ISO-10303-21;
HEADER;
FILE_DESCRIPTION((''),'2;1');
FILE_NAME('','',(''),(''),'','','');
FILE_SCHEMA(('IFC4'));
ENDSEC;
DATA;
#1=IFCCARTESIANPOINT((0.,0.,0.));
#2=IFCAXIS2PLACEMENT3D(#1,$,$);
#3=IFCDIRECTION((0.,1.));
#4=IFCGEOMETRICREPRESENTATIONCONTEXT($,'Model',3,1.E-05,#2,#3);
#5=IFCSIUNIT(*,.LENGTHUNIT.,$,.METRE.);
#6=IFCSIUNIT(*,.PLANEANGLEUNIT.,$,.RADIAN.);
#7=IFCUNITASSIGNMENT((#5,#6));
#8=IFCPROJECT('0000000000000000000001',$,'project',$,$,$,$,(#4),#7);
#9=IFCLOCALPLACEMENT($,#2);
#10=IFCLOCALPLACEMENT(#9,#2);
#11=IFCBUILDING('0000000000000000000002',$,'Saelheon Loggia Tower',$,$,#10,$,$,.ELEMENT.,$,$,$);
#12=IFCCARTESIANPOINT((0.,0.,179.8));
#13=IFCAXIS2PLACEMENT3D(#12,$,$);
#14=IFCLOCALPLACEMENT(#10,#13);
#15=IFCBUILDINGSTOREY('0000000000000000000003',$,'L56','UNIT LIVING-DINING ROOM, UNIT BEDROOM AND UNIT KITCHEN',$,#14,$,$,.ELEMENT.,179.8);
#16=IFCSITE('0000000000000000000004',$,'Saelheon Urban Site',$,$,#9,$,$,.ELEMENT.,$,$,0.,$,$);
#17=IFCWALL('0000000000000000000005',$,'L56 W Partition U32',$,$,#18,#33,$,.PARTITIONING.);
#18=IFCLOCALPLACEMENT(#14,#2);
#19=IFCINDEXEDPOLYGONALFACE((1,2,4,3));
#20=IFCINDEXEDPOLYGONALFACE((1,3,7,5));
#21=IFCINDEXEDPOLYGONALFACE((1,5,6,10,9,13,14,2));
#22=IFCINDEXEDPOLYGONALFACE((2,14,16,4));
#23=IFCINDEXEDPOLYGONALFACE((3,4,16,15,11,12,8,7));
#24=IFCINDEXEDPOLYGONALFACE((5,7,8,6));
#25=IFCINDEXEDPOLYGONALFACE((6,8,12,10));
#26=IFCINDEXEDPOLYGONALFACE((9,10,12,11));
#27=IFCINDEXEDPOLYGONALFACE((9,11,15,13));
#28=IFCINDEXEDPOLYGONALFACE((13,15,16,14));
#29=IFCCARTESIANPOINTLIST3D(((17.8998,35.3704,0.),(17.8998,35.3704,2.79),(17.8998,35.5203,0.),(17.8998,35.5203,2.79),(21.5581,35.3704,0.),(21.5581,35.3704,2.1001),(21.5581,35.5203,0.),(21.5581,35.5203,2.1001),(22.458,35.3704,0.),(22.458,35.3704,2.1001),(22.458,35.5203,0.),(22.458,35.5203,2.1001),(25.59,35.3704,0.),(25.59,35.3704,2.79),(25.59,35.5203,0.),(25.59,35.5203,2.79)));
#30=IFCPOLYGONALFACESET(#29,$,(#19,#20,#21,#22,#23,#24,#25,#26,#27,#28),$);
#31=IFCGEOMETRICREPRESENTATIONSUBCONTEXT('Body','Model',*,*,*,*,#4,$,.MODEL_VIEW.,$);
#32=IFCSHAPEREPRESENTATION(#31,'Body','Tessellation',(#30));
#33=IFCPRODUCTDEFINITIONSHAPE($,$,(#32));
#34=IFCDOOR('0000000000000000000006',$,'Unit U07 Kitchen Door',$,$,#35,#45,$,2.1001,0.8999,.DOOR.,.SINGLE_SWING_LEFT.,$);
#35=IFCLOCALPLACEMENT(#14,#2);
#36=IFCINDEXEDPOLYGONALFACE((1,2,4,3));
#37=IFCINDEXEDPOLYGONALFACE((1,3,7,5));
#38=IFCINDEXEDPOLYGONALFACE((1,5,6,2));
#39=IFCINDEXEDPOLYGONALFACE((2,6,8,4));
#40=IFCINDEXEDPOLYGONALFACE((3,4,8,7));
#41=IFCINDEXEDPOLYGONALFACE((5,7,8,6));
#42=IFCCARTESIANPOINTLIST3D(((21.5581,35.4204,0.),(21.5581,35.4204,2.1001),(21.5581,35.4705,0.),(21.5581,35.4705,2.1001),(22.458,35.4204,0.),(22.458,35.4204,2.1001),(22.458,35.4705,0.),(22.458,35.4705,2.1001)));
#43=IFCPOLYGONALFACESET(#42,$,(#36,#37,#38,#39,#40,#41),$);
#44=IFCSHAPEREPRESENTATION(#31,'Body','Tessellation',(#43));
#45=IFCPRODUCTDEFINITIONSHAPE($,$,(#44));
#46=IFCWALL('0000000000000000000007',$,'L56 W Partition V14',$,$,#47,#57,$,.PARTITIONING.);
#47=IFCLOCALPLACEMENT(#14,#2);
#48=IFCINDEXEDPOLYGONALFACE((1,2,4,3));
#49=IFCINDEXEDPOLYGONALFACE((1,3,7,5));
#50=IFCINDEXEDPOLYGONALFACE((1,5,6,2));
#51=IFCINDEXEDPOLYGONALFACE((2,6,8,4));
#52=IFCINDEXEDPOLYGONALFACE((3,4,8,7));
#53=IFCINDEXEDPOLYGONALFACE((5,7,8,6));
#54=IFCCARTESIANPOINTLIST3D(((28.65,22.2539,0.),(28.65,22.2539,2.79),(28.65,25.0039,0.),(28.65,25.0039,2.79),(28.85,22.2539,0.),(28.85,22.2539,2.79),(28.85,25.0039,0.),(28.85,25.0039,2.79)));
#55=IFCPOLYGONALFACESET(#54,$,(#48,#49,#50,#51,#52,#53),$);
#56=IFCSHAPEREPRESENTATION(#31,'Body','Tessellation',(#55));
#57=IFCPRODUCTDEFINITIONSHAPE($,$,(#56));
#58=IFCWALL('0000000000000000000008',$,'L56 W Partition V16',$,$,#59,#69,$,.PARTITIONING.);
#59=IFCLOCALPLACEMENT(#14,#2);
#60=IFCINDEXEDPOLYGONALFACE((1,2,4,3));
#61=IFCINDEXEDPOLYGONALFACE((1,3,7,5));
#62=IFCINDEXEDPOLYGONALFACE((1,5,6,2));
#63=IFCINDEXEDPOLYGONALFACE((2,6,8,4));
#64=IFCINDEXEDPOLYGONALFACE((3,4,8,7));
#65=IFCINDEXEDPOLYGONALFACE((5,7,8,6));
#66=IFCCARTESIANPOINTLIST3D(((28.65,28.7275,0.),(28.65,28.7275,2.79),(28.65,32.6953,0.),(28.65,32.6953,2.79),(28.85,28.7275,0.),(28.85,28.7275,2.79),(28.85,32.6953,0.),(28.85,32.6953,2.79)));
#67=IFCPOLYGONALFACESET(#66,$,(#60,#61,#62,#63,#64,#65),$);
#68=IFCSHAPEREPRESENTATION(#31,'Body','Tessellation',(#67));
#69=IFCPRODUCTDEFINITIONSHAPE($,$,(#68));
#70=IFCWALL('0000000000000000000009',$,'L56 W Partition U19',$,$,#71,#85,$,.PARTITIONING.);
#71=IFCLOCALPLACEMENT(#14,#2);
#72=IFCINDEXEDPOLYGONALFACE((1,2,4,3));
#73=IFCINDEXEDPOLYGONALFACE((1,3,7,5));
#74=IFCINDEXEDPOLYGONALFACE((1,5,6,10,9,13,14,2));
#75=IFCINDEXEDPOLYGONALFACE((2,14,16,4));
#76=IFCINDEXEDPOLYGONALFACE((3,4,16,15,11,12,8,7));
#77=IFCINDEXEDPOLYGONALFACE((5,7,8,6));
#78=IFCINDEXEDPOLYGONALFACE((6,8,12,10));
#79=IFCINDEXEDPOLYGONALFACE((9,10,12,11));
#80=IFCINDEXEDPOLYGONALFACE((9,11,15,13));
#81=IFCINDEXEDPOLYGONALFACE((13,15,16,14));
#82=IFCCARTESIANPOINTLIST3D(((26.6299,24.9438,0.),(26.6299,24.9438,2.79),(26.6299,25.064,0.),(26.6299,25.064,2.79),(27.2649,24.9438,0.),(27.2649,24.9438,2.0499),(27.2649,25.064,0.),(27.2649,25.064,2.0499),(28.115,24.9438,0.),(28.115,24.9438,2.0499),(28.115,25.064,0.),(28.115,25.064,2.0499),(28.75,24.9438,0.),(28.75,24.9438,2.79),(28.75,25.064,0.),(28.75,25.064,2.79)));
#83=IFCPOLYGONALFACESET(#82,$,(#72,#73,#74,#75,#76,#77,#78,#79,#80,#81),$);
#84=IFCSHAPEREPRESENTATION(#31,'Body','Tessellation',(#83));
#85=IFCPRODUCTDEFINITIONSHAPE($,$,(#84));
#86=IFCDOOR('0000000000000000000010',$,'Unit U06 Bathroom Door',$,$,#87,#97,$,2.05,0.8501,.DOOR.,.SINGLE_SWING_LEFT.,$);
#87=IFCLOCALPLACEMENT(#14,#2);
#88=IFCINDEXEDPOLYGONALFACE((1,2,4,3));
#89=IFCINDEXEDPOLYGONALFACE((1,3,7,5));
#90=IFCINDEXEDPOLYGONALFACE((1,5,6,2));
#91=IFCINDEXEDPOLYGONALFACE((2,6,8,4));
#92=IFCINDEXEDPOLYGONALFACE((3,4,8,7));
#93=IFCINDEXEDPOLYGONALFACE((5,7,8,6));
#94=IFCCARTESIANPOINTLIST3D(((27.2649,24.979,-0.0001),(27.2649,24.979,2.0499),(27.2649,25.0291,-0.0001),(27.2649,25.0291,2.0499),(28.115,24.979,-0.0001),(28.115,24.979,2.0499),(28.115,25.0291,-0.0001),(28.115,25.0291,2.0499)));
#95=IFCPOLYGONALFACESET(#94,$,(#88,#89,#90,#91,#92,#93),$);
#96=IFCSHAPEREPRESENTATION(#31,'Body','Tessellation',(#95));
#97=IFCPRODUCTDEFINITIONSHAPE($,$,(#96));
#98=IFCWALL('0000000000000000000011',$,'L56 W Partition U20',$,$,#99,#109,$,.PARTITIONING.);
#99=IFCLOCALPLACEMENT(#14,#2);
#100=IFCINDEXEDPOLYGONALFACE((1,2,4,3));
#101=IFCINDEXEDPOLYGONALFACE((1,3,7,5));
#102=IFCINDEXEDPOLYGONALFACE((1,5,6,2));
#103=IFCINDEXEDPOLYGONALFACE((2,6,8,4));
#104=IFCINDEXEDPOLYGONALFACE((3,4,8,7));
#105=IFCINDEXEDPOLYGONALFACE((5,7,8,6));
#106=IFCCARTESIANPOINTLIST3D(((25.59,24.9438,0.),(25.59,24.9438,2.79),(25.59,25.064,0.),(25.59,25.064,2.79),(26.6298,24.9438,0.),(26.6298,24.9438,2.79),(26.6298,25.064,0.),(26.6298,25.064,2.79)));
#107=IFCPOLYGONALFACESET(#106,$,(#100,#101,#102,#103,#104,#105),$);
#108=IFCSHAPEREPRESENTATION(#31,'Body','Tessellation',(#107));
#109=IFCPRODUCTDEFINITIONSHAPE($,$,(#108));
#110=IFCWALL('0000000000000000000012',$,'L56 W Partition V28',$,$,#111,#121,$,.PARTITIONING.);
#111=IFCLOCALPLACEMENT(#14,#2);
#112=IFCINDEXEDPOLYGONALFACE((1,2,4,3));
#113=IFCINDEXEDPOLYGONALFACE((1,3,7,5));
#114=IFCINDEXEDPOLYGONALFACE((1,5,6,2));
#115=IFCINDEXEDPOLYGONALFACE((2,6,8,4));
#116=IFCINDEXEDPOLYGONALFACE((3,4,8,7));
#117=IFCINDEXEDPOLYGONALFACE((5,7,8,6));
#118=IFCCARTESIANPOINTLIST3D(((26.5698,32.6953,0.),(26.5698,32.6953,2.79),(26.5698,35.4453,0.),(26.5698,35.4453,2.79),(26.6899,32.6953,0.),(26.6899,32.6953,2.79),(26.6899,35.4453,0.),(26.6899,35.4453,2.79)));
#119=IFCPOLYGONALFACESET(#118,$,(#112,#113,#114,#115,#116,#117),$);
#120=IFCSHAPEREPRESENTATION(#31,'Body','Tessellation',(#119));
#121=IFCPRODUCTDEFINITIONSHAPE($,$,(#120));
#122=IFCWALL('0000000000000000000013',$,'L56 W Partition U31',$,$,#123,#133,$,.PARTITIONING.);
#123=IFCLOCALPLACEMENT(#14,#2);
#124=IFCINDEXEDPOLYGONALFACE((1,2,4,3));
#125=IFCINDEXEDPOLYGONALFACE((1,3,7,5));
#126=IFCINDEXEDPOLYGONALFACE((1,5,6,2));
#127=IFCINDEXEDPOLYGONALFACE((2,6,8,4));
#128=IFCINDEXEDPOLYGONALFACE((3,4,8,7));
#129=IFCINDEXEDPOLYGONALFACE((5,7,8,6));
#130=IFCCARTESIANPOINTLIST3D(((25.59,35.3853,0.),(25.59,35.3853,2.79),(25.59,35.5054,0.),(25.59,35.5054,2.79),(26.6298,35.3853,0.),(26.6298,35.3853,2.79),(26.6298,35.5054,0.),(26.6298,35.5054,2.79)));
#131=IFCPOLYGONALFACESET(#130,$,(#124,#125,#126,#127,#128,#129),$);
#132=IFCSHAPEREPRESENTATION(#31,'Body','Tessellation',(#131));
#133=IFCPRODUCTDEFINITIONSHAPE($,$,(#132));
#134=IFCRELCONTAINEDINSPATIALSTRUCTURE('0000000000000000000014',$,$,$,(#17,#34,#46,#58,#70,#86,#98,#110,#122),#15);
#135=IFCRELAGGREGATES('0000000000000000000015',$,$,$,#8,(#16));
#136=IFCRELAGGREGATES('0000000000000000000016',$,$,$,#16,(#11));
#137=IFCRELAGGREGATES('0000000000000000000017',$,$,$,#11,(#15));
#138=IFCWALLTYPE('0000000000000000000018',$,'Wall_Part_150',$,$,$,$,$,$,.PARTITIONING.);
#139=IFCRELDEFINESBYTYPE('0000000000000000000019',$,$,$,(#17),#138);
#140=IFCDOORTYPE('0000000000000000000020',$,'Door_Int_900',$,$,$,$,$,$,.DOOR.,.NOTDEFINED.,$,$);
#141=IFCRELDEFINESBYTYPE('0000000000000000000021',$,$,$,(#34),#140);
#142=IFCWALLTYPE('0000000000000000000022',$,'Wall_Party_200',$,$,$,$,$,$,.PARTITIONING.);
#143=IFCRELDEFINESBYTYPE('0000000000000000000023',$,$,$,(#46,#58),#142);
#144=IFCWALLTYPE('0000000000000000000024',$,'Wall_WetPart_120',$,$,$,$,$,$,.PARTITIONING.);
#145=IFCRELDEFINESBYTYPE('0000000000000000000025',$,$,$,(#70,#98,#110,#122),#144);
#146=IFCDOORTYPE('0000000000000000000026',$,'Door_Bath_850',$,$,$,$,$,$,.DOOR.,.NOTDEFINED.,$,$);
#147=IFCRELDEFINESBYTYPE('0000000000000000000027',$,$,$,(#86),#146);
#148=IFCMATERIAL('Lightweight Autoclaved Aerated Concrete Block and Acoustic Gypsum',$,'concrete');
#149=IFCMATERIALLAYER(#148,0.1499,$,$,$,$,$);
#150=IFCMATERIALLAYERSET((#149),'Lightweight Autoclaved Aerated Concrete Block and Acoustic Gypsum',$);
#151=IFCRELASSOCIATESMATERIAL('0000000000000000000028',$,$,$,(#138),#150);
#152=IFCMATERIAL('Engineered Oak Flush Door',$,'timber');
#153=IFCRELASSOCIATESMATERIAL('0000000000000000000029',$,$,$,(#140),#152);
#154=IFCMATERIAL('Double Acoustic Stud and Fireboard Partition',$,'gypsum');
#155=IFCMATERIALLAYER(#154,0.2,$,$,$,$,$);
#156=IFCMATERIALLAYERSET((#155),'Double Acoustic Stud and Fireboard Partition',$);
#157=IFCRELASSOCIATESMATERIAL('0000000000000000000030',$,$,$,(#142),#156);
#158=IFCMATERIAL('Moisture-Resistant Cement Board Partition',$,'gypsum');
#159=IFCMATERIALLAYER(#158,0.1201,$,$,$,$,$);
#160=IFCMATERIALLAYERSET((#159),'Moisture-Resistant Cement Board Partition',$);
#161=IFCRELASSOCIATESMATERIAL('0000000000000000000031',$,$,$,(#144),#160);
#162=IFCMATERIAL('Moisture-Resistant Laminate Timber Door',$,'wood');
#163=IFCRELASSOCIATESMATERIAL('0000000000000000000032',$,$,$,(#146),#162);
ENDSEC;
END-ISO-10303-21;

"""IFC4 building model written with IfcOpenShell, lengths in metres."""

from ifc_helpers import new_model, si_unit, direction, frame, frame_2d, origin, place, context, subcontext, project, spatial, rectangle, extrude, source, transform, mapped, material, layer, layer_set, type_object, element, fill, save


model = new_model("IFC4")

# Units and contexts
model_context = context("Model", 3, precision=1e-05, world=origin(), true_north=direction((0.0, 1.0)))
body_context = subcontext(model_context, "Body", "Model", "MODEL_VIEW")
ifc_project = project(units=[si_unit("LENGTHUNIT", "METRE"), si_unit("PLANEANGLEUNIT", "RADIAN")], contexts=[model_context])

# Site, building, storey
site_placement = place(None, origin())
site = spatial("IfcSite", under=ifc_project, at=site_placement, Name="Saelheon Urban Site", CompositionType="ELEMENT", RefElevation=0.0)
building_placement = place(site_placement, origin())
building = spatial("IfcBuilding", under=site, at=building_placement, Name="Saelheon Loggia Tower", CompositionType="ELEMENT")
storey_placement = place(building_placement, frame((0.0, 0.0, 179.8)))
storey = spatial("IfcBuildingStorey", under=building, at=storey_placement, Name="L56", Description="UNIT LIVING-DINING ROOM, UNIT BEDROOM AND UNIT KITCHEN", CompositionType="ELEMENT", Elevation=179.8)

# Shared definitions
ifc_material_1 = material(Name="Lightweight Autoclaved Aerated Concrete Block and Acoustic Gypsum", Category="concrete")
ifc_layer_1 = layer(ifc_material_1, 0.1499)
ifc_layer_set_1 = layer_set([ifc_layer_1], Name="Lightweight Autoclaved Aerated Concrete Block and Acoustic Gypsum")
wall_type_1 = type_object("IfcWallType", Name="Wall_Part_150", PredefinedType="PARTITIONING", material=ifc_layer_set_1)

# Wall, opening, door
ifc_material_2 = material(Name="Engineered Oak Flush Door", Category="timber")
door_type_1 = type_object("IfcDoorType", Name="Door_Int_900", OperationType="NOTDEFINED", PredefinedType="DOOR", material=ifc_material_2)
shared_shape_1 = source(origin(), body_context, "Body", "SweptSolid", [
    extrude(rectangle(XDim=0.8999, YDim=2.1001, at=frame_2d((0.45, 1.05))), frame((0.0, 0.0249, 0.0), z_axis=(0.0, -1.0, 0.0), x_axis=(1.0, 0.0, 0.0)), (0.0, 0.0, 1.0), 0.05),
])
wall_1_placement = place(storey_placement, frame((25.5901, 35.4453, 0.0), z_axis=(0.0, 0.0, 1.0), x_axis=(-1.0, 0.0, 0.0)))
wall_1 = element("IfcWall", 1, at=wall_1_placement, inside=storey, type_object=wall_type_1, Name="L56 W Partition U32", PredefinedType="PARTITIONING", context=body_context, shape_type="SweptSolid", body=[
    extrude(rectangle(XDim=7.6902, YDim=0.1499, at=frame_2d((3.8452, 0.0))), origin(), (0.0, 0.0, 1.0), 2.79),
])
opening_1_placement = place(wall_1_placement, frame((3.1321, 0.0, 0.0)))
opening_1 = element("IfcOpeningElement", 2, at=opening_1_placement, cuts=wall_1, PredefinedType="OPENING", context=body_context, shape_type="SweptSolid", body=[
    extrude(rectangle(XDim=0.8999, YDim=2.1001, at=frame_2d((0.45, 1.05))), frame((0.0, 0.0869, 0.0), z_axis=(0.0, -1.0, 0.0), x_axis=(1.0, 0.0, 0.0)), (0.0, 0.0, 1.0), 0.1738),
])
door_1_placement = place(opening_1_placement, origin())
door_1 = element("IfcDoor", 3, at=door_1_placement, inside=storey, type_object=door_type_1, Name="Unit U07 Kitchen Door", OperationType="SINGLE_SWING_LEFT", OverallHeight=2.1001, OverallWidth=0.8999, PredefinedType="DOOR", context=body_context, shape_type="MappedRepresentation", body=[
    mapped(shared_shape_1, transform((0.0, 0.0, 0.0), scale=1.0)),
])
fill(opening_1, door_1)

# Wall
ifc_material_3 = material(Name="Double Acoustic Stud and Fireboard Partition", Category="gypsum")
ifc_layer_2 = layer(ifc_material_3, 0.2)
ifc_layer_set_2 = layer_set([ifc_layer_2], Name="Double Acoustic Stud and Fireboard Partition")
wall_type_2 = type_object("IfcWallType", Name="Wall_Party_200", PredefinedType="PARTITIONING", material=ifc_layer_set_2)
wall_2_placement = place(storey_placement, frame((28.75, 22.2539, 0.0), z_axis=(0.0, 0.0, 1.0), x_axis=(0.0, 1.0, 0.0)))
element("IfcWall", 4, at=wall_2_placement, inside=storey, type_object=wall_type_2, Name="L56 W Partition V14", PredefinedType="PARTITIONING", context=body_context, shape_type="SweptSolid", body=[
    extrude(rectangle(XDim=2.75, YDim=0.2, at=frame_2d((1.375, 0.0))), origin(), (0.0, 0.0, 1.0), 2.79),
])

# Wall
wall_3_placement = place(storey_placement, frame((28.75, 28.7275, 0.0), z_axis=(0.0, 0.0, 1.0), x_axis=(0.0, 1.0, 0.0)))
element("IfcWall", 5, at=wall_3_placement, inside=storey, type_object=wall_type_2, Name="L56 W Partition V16", PredefinedType="PARTITIONING", context=body_context, shape_type="SweptSolid", body=[
    extrude(rectangle(XDim=3.9678, YDim=0.2, at=frame_2d((1.9839, 0.0))), origin(), (0.0, 0.0, 1.0), 2.79),
])

# Wall, opening, door
ifc_material_4 = material(Name="Moisture-Resistant Cement Board Partition", Category="gypsum")
ifc_layer_3 = layer(ifc_material_4, 0.1201)
ifc_layer_set_3 = layer_set([ifc_layer_3], Name="Moisture-Resistant Cement Board Partition")
wall_type_3 = type_object("IfcWallType", Name="Wall_WetPart_120", PredefinedType="PARTITIONING", material=ifc_layer_set_3)
wall_4_placement = place(storey_placement, frame((28.75, 25.0039, 0.0), z_axis=(0.0, 0.0, 1.0), x_axis=(-1.0, 0.0, 0.0)))
wall_4 = element("IfcWall", 6, at=wall_4_placement, inside=storey, type_object=wall_type_3, Name="L56 W Partition U19", PredefinedType="PARTITIONING", context=body_context, shape_type="SweptSolid", body=[
    extrude(rectangle(XDim=2.1201, YDim=0.1201, at=frame_2d((1.0601, 0.0))), origin(), (0.0, 0.0, 1.0), 2.79),
])
opening_2_placement = place(wall_4_placement, frame((0.635, 0.0, 0.0)))
opening_2 = element("IfcOpeningElement", 7, at=opening_2_placement, cuts=wall_4, PredefinedType="OPENING", context=body_context, shape_type="SweptSolid", body=[
    extrude(rectangle(XDim=0.8501, YDim=2.05, at=frame_2d((0.425, 1.0249))), frame((0.0, 0.072, 0.0), z_axis=(0.0, -1.0, 0.0), x_axis=(1.0, 0.0, 0.0)), (0.0, 0.0, 1.0), 0.144),
])
ifc_material_5 = material(Name="Moisture-Resistant Laminate Timber Door", Category="wood")
door_type_2 = type_object("IfcDoorType", Name="Door_Bath_850", OperationType="NOTDEFINED", PredefinedType="DOOR", material=ifc_material_5)
shared_shape_2 = source(origin(), body_context, "Body", "SweptSolid", [
    extrude(rectangle(XDim=0.8501, YDim=2.05, at=frame_2d((0.425, 1.0249))), frame((0.0, 0.0249, 0.0), z_axis=(0.0, -1.0, 0.0), x_axis=(1.0, 0.0, 0.0)), (0.0, 0.0, 1.0), 0.05),
])
door_2_placement = place(opening_2_placement, origin())
door_2 = element("IfcDoor", 8, at=door_2_placement, inside=storey, type_object=door_type_2, Name="Unit U06 Bathroom Door", OperationType="SINGLE_SWING_LEFT", OverallHeight=2.05, OverallWidth=0.8501, PredefinedType="DOOR", context=body_context, shape_type="MappedRepresentation", body=[
    mapped(shared_shape_2, transform((0.0, 0.0, 0.0), scale=1.0)),
])
fill(opening_2, door_2)

# Walls
wall_5_placement = place(storey_placement, frame((26.6299, 25.0039, 0.0), z_axis=(0.0, 0.0, 1.0), x_axis=(-1.0, 0.0, 0.0)))
element("IfcWall", 9, at=wall_5_placement, inside=storey, type_object=wall_type_3, Name="L56 W Partition U20", PredefinedType="PARTITIONING", context=body_context, shape_type="SweptSolid", body=[
    extrude(rectangle(XDim=1.0398, YDim=0.1201, at=frame_2d((0.52, 0.0))), origin(), (0.0, 0.0, 1.0), 2.79),
])
wall_6_placement = place(storey_placement, frame((26.6299, 32.6953, 0.0), z_axis=(0.0, 0.0, 1.0), x_axis=(0.0, 1.0, 0.0)))
element("IfcWall", 10, at=wall_6_placement, inside=storey, type_object=wall_type_3, Name="L56 W Partition V28", PredefinedType="PARTITIONING", context=body_context, shape_type="SweptSolid", body=[
    extrude(rectangle(XDim=2.75, YDim=0.1201, at=frame_2d((1.375, 0.0))), origin(), (0.0, 0.0, 1.0), 2.79),
])
wall_7_placement = place(storey_placement, frame((26.6299, 35.4453, 0.0), z_axis=(0.0, 0.0, 1.0), x_axis=(-1.0, 0.0, 0.0)))
element("IfcWall", 11, at=wall_7_placement, inside=storey, type_object=wall_type_3, Name="L56 W Partition U31", PredefinedType="PARTITIONING", context=body_context, shape_type="SweptSolid", body=[
    extrude(rectangle(XDim=1.0398, YDim=0.1201, at=frame_2d((0.52, 0.0))), origin(), (0.0, 0.0, 1.0), 2.79),
])

save(model, "model.ifc")
